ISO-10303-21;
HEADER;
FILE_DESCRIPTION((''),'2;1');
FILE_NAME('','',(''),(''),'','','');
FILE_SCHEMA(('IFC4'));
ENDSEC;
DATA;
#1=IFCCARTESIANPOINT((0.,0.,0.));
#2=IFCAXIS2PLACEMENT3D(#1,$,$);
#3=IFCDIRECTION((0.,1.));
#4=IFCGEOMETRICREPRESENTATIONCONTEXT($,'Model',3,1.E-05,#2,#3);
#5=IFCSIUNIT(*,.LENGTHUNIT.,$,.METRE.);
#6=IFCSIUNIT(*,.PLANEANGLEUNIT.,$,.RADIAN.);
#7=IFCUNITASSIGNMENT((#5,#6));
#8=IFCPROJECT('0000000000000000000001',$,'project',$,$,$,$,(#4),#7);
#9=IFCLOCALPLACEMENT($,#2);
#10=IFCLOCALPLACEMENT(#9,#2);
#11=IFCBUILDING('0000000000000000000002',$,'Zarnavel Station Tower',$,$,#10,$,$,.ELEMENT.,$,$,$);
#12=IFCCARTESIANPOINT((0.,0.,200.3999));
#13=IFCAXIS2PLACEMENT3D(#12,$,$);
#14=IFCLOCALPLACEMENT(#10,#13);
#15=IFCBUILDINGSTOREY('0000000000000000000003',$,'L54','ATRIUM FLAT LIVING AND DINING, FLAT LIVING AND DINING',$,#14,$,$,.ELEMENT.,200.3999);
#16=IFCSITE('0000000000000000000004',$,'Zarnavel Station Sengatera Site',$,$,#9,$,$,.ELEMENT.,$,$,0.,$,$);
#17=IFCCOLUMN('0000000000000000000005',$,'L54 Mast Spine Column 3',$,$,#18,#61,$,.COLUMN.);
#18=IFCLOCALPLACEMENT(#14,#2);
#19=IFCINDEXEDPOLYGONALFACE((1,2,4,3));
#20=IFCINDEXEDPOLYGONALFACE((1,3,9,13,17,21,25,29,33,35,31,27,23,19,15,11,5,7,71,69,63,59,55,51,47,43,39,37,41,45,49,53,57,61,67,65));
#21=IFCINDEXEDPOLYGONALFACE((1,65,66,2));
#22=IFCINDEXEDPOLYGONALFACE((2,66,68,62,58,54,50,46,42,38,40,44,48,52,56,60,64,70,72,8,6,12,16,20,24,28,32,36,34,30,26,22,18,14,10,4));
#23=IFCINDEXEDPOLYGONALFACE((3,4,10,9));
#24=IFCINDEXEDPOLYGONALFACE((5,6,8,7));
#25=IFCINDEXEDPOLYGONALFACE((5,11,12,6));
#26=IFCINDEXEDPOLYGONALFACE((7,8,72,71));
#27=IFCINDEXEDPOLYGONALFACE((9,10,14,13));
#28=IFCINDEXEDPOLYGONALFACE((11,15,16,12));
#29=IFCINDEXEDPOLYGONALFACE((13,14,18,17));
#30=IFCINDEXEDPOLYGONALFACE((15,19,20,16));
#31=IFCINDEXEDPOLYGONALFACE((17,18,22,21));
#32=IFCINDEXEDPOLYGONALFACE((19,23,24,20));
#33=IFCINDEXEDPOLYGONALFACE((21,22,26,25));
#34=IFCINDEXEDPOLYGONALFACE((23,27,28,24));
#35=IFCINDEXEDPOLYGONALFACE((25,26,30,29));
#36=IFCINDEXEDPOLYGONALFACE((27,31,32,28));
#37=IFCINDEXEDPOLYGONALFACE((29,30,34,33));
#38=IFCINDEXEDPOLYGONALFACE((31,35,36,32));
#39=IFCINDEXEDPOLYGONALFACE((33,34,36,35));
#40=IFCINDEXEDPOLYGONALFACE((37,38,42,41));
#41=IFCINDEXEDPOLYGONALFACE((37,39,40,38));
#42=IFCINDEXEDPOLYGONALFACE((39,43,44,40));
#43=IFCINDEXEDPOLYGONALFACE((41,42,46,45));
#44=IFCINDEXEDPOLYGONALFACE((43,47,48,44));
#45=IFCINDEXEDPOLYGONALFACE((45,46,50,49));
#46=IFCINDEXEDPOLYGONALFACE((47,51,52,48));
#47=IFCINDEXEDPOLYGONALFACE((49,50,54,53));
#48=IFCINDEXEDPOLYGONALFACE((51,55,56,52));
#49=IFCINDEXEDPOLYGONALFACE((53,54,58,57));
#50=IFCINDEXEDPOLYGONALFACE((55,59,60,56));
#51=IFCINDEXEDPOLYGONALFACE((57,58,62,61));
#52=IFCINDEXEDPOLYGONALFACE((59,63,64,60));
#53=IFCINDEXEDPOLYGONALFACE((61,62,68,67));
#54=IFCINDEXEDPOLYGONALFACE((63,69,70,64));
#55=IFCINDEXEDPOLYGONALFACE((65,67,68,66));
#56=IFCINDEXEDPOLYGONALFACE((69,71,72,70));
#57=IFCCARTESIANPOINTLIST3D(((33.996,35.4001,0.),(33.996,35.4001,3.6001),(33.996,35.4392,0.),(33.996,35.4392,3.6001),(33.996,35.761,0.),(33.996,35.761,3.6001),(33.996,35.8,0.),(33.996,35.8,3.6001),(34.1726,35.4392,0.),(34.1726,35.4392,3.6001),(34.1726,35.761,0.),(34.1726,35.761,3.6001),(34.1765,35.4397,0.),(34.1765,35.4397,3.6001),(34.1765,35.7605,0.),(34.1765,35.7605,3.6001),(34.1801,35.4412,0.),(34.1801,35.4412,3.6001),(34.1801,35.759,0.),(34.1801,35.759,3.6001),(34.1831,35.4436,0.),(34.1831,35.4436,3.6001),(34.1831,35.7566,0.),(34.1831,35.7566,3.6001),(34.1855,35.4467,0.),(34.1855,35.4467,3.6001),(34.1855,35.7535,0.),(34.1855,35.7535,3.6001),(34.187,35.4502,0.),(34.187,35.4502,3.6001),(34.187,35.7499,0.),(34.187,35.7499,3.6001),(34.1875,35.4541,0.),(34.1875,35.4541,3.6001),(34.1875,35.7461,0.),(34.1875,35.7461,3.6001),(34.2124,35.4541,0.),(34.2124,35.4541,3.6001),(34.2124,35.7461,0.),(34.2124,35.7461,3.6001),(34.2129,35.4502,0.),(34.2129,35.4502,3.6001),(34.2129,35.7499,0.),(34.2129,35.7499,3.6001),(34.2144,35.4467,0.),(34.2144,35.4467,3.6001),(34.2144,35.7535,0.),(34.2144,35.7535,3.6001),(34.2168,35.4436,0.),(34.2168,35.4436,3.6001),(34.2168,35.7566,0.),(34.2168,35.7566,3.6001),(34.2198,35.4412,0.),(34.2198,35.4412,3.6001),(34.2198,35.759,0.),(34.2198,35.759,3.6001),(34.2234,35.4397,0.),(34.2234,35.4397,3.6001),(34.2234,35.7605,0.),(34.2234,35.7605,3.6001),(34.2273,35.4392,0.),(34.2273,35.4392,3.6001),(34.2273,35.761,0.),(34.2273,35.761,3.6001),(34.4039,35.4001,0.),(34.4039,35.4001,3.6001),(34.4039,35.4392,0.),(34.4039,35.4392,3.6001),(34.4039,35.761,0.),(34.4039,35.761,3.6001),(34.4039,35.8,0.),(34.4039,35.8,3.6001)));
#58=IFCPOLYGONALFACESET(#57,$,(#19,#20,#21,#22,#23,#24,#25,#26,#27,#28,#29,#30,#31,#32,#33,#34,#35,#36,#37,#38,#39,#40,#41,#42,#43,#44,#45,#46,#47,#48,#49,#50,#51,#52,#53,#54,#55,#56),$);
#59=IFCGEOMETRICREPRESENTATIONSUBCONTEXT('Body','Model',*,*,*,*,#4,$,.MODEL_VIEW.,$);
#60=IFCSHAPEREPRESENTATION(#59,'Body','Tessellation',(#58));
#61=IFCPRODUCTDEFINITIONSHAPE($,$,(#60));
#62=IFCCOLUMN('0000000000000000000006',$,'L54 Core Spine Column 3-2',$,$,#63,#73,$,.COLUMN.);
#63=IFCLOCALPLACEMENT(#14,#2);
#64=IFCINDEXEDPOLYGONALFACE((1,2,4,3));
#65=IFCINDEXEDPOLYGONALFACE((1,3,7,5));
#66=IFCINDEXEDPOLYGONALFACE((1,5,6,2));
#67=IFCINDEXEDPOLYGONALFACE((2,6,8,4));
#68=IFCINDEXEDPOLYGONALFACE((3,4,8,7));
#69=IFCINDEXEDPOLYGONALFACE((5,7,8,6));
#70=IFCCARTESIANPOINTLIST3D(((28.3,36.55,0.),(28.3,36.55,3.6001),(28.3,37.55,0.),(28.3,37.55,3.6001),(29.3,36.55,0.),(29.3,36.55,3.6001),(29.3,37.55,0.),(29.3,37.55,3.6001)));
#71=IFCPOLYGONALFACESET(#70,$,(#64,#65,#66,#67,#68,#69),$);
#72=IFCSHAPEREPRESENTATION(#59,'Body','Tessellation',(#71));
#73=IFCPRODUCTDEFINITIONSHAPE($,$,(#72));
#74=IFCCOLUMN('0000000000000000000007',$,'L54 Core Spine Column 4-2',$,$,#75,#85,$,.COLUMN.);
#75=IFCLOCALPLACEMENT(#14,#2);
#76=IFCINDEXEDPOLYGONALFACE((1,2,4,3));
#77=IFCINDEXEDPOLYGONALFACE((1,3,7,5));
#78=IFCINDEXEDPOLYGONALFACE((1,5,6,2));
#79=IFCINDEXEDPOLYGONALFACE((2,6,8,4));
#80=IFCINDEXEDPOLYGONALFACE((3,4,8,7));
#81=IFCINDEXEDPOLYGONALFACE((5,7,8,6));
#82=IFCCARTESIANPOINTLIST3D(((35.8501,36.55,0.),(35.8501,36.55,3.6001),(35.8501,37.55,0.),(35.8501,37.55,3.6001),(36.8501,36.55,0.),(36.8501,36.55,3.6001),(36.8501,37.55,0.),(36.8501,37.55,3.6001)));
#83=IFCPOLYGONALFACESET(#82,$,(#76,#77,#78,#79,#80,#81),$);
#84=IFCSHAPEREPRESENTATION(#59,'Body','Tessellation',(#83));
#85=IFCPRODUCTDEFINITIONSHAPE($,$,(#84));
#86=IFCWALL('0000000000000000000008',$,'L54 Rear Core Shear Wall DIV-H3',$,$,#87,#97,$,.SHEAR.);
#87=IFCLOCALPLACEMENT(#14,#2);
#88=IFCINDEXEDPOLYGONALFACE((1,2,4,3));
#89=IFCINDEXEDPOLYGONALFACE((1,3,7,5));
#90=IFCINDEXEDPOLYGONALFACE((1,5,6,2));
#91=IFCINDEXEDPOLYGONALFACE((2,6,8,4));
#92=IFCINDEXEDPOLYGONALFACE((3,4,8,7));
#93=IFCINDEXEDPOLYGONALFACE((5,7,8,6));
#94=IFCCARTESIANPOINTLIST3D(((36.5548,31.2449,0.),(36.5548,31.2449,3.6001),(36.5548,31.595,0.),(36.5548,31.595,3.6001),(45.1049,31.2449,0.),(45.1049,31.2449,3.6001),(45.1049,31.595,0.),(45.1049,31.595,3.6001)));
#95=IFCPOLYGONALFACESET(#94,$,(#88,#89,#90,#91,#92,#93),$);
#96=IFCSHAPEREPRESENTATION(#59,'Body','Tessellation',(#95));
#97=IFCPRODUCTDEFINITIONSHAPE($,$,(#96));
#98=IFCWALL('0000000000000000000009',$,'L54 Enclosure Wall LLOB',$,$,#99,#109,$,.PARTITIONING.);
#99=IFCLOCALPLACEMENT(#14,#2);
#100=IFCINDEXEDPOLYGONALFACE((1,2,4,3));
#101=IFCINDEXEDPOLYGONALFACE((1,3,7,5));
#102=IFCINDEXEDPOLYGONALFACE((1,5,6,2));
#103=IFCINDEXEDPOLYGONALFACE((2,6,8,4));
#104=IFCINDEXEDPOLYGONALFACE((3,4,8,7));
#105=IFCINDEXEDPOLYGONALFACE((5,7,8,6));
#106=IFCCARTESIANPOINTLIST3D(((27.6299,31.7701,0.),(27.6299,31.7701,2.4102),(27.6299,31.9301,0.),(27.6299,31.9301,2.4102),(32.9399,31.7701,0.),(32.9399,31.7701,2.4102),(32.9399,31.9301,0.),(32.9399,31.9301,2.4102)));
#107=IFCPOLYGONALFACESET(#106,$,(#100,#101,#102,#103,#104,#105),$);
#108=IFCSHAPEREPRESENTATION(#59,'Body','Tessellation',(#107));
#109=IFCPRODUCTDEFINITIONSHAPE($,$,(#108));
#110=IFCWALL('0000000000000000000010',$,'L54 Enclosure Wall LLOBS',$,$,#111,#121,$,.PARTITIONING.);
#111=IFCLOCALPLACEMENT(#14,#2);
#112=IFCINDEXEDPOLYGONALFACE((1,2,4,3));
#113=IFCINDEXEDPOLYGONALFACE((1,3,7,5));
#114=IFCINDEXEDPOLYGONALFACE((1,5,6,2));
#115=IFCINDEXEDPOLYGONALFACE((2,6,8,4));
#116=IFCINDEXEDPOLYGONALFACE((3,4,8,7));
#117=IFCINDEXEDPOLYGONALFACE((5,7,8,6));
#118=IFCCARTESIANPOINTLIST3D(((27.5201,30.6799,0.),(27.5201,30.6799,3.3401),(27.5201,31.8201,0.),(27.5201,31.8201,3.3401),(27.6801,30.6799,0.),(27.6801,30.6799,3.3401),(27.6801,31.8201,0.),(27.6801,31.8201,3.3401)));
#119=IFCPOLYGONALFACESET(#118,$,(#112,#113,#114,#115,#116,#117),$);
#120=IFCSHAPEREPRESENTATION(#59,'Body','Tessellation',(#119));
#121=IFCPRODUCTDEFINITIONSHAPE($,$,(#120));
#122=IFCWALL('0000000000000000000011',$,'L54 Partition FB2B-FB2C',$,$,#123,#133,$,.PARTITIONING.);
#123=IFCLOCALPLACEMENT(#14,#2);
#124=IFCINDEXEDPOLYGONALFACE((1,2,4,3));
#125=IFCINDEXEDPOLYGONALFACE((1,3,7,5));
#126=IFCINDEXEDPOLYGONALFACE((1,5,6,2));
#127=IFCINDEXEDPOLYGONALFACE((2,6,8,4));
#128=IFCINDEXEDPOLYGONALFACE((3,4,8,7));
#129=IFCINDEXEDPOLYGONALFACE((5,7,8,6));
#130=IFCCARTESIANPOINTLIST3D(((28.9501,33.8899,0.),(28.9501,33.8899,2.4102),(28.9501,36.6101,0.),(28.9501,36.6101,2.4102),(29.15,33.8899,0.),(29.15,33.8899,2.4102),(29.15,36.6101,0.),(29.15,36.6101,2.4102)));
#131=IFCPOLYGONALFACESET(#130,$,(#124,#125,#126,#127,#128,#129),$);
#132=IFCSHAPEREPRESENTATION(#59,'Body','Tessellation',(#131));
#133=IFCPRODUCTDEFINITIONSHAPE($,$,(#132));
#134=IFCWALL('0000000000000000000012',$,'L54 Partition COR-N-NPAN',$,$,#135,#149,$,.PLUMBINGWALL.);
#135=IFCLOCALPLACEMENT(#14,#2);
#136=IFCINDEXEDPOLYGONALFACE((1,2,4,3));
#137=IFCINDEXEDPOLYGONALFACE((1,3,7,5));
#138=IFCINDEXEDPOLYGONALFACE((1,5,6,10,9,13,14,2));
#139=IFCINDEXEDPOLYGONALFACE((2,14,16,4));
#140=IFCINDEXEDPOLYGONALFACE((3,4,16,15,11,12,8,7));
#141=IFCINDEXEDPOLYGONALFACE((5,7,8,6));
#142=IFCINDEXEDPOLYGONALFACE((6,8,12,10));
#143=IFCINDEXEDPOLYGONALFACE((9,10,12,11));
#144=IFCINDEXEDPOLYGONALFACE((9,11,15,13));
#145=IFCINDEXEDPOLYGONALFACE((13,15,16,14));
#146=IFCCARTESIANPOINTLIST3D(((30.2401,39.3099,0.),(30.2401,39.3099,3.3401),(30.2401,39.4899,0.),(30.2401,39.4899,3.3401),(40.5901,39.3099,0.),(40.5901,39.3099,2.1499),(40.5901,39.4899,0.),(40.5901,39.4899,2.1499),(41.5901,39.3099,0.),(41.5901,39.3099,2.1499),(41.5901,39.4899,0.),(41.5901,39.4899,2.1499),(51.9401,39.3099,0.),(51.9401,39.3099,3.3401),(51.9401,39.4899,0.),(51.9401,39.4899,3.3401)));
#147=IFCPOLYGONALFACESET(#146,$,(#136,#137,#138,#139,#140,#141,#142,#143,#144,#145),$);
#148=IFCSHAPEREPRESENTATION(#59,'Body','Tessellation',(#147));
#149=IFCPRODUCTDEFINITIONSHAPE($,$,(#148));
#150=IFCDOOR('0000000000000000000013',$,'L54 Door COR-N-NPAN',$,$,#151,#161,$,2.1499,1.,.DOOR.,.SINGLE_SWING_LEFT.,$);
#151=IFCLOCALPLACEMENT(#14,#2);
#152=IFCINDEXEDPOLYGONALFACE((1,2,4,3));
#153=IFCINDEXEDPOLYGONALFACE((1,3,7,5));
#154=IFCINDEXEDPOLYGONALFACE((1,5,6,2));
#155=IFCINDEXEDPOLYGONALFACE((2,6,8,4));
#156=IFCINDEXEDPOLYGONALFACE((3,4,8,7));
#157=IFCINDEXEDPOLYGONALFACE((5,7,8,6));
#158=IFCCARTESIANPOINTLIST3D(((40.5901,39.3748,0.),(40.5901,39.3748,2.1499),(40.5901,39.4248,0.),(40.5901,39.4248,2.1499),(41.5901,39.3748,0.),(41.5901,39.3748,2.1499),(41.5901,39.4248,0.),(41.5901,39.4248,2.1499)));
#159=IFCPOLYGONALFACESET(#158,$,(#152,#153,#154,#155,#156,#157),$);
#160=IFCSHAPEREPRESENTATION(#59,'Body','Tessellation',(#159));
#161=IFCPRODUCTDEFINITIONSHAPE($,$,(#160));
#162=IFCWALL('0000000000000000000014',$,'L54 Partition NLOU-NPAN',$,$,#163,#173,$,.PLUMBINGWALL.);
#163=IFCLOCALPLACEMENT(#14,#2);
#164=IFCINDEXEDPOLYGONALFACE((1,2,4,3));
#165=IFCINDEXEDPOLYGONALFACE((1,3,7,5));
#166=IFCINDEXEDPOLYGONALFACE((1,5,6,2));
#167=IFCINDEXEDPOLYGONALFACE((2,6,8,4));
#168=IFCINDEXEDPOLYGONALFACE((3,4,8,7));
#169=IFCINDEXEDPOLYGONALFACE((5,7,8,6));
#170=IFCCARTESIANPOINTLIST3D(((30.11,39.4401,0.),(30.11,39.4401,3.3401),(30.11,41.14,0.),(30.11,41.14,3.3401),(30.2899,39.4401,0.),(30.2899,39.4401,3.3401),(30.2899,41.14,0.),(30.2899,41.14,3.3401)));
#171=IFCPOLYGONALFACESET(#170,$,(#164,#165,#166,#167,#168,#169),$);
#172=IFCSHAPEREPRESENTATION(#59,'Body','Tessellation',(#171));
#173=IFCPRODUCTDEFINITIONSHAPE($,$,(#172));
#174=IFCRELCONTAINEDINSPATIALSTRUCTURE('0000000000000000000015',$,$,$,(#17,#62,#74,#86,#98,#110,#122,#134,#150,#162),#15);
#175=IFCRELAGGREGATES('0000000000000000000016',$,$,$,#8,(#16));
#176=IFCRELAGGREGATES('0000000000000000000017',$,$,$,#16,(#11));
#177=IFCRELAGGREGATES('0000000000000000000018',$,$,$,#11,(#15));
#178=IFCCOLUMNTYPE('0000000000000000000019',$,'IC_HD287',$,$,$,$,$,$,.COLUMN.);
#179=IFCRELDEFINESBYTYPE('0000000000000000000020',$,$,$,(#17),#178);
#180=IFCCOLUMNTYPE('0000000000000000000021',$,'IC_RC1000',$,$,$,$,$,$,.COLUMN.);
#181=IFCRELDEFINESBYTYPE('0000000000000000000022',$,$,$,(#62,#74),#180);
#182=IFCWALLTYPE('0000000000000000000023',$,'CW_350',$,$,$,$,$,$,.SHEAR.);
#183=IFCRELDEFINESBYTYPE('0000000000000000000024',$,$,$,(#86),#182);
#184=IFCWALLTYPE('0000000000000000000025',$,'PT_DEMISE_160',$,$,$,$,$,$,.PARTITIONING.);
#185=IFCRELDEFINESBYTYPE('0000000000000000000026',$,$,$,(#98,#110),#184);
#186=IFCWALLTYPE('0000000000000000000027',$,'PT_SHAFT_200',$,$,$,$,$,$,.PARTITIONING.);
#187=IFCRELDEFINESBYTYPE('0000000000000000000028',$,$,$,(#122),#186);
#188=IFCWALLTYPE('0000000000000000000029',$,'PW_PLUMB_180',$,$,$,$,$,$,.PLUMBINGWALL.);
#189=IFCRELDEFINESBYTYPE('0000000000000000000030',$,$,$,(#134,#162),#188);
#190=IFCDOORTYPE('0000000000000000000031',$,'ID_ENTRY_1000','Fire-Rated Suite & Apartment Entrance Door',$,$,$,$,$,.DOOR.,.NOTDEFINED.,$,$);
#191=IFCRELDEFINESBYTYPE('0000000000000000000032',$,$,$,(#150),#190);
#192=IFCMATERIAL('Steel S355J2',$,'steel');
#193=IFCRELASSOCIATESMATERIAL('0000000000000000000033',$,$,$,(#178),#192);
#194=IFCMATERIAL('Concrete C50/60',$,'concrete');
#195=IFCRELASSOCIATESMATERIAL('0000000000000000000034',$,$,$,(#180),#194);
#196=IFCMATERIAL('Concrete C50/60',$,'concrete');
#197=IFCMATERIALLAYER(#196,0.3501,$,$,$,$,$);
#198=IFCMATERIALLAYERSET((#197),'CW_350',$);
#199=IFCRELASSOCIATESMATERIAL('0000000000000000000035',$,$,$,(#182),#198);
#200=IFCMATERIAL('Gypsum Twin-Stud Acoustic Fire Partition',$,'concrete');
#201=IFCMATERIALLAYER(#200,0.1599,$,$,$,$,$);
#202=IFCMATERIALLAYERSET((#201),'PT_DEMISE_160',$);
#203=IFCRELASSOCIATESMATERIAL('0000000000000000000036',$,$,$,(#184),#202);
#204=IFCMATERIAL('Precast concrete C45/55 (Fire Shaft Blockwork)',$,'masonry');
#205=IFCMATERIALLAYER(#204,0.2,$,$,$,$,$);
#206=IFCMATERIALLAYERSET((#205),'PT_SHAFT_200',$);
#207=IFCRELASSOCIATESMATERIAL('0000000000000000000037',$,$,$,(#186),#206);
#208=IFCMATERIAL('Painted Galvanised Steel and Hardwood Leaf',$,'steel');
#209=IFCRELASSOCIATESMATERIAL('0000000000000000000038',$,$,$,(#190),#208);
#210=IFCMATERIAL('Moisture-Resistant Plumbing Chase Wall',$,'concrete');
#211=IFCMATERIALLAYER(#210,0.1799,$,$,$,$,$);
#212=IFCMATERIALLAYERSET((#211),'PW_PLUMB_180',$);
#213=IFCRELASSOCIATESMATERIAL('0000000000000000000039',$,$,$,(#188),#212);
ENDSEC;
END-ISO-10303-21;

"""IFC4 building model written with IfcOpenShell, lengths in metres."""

from ifc_helpers import new_model, si_unit, direction, frame, frame_2d, origin, origin_2d, place, context, subcontext, project, spatial, rectangle, i_section, extrude, material, layer, layer_set, material_profile, profile_set, type_object, element, fill, save


model = new_model("IFC4")

# Units and contexts
model_context = context("Model", 3, precision=1e-05, world=origin(), true_north=direction((0.0, 1.0)))
body_context = subcontext(model_context, "Body", "Model", "MODEL_VIEW")
ifc_project = project(units=[si_unit("LENGTHUNIT", "METRE"), si_unit("PLANEANGLEUNIT", "RADIAN")], contexts=[model_context])

# Site, building, storey
site_placement = place(None, origin())
site = spatial("IfcSite", under=ifc_project, at=site_placement, Name="Zarnavel Station Sengatera Site", CompositionType="ELEMENT", RefElevation=0.0)
building_placement = place(site_placement, origin())
building = spatial("IfcBuilding", under=site, at=building_placement, Name="Zarnavel Station Tower", CompositionType="ELEMENT")
storey_placement = place(building_placement, frame((0.0, 0.0, 200.3999)))
storey = spatial("IfcBuildingStorey", under=building, at=storey_placement, Name="L54", Description="ATRIUM FLAT LIVING AND DINING, FLAT LIVING AND DINING", CompositionType="ELEMENT", Elevation=200.3999)

# Columns
ifc_material_1 = material(Name="Steel S355J2", Category="steel")
ifc_material_profile_1 = material_profile(ifc_material_1, i_section(OverallWidth=0.408, OverallDepth=0.3999, WebThickness=0.0249, FlangeThickness=0.0391, FilletRadius=0.0149, at=origin_2d()), Name="HD400x287")
ifc_profile_set_1 = profile_set([ifc_material_profile_1], Name="Steel S355J2")
column_type_1 = type_object("IfcColumnType", Name="IC_HD287", PredefinedType="COLUMN", material=ifc_profile_set_1)
column_placement = place(storey_placement, frame((34.2, 35.6001, 0.0), z_axis=(0.0, 0.0, 1.0), x_axis=(1.0, 0.0, 0.0)))
element("IfcColumn", 1, at=column_placement, inside=storey, type_object=column_type_1, Name="L54 Mast Spine Column 3", PredefinedType="COLUMN", context=body_context, shape_type="SweptSolid", body=[
    extrude(i_section(OverallWidth=0.408, OverallDepth=0.3999, WebThickness=0.0249, FlangeThickness=0.0391, FilletRadius=0.0149, at=origin_2d()), origin(), (0.0, 0.0, 1.0), 3.6001),
])
ifc_material_2 = material(Name="Concrete C50/60", Category="concrete")
ifc_material_profile_2 = material_profile(ifc_material_2, rectangle(XDim=1.0, YDim=1.0, at=origin_2d()), Name="RC1000x1000")
ifc_profile_set_2 = profile_set([ifc_material_profile_2], Name="Concrete C50/60")
column_type_2 = type_object("IfcColumnType", Name="IC_RC1000", PredefinedType="COLUMN", material=ifc_profile_set_2)
for number, where, z_axis, x_axis, name in (
    (2, (28.8, 37.05, 0.0), (0.0, 0.0, 1.0), (1.0, 0.0, 0.0), "L54 Core Spine Column 3-2"),
    (3, (36.3501, 37.05, 0.0), (0.0, 0.0, 1.0), (1.0, 0.0, 0.0), "L54 Core Spine Column 4-2"),
):
    element("IfcColumn", number, at=place(storey_placement, frame(where, z_axis=z_axis, x_axis=x_axis)), inside=storey, type_object=column_type_2, Name=name, PredefinedType="COLUMN", context=body_context, shape_type="SweptSolid", body=[
        extrude(rectangle(XDim=1.0, YDim=1.0, at=origin_2d()), origin(), (0.0, 0.0, 1.0), 3.6001),
    ])

# Walls
ifc_material_3 = material(Name="Concrete C50/60", Category="concrete")
ifc_layer_1 = layer(ifc_material_3, 0.3501)
ifc_layer_set_1 = layer_set([ifc_layer_1], Name="CW_350")
wall_type_1 = type_object("IfcWallType", Name="CW_350", PredefinedType="SHEAR", material=ifc_layer_set_1)
wall_1_placement = place(storey_placement, frame((36.5549, 31.4199, 0.0), z_axis=(0.0, 0.0, 1.0), x_axis=(1.0, 0.0, 0.0)))
element("IfcWall", 4, at=wall_1_placement, inside=storey, type_object=wall_type_1, Name="L54 Rear Core Shear Wall DIV-H3", PredefinedType="SHEAR", context=body_context, shape_type="SweptSolid", body=[
    extrude(rectangle(XDim=8.55, YDim=0.3501, at=frame_2d((4.2749, 0.0))), origin(), (0.0, 0.0, 1.0), 3.6001),
])
ifc_material_4 = material(Name="Gypsum Twin-Stud Acoustic Fire Partition", Category="concrete")
ifc_layer_2 = layer(ifc_material_4, 0.1599)
ifc_layer_set_2 = layer_set([ifc_layer_2], Name="PT_DEMISE_160")
wall_type_2 = type_object("IfcWallType", Name="PT_DEMISE_160", PredefinedType="PARTITIONING", material=ifc_layer_set_2)
wall_2_placement = place(storey_placement, frame((27.6299, 31.8501, 0.0), z_axis=(0.0, 0.0, 1.0), x_axis=(1.0, 0.0, 0.0)))
element("IfcWall", 5, at=wall_2_placement, inside=storey, type_object=wall_type_2, Name="L54 Enclosure Wall LLOB", PredefinedType="PARTITIONING", context=body_context, shape_type="SweptSolid", body=[
    extrude(rectangle(XDim=5.3101, YDim=0.1599, at=frame_2d((2.655, 0.0))), origin(), (0.0, 0.0, 1.0), 2.4102),
])
wall_3_placement = place(storey_placement, frame((27.6001, 30.6799, 0.0), z_axis=(0.0, 0.0, 1.0), x_axis=(0.0, 1.0, 0.0)))
element("IfcWall", 6, at=wall_3_placement, inside=storey, type_object=wall_type_2, Name="L54 Enclosure Wall LLOBS", PredefinedType="PARTITIONING", context=body_context, shape_type="SweptSolid", body=[
    extrude(rectangle(XDim=1.1401, YDim=0.1599, at=frame_2d((0.5701, 0.0))), origin(), (0.0, 0.0, 1.0), 3.3401),
])

# Shared definitions
ifc_material_5 = material(Name="Precast concrete C45/55 (Fire Shaft Blockwork)", Category="masonry")
ifc_layer_3 = layer(ifc_material_5, 0.2)
ifc_layer_set_3 = layer_set([ifc_layer_3], Name="PT_SHAFT_200")
wall_type_3 = type_object("IfcWallType", Name="PT_SHAFT_200", PredefinedType="PARTITIONING", material=ifc_layer_set_3)
ifc_material_6 = material(Name="Painted Galvanised Steel and Hardwood Leaf", Category="steel")
door_type_1 = type_object("IfcDoorType", Name="ID_ENTRY_1000", Description="Fire-Rated Suite & Apartment Entrance Door", OperationType="NOTDEFINED", PredefinedType="DOOR", material=ifc_material_6)

# Wall
wall_4_placement = place(storey_placement, frame((29.05, 33.8899, 0.0), z_axis=(0.0, 0.0, 1.0), x_axis=(0.0, 1.0, 0.0)))
element("IfcWall", 7, at=wall_4_placement, inside=storey, type_object=wall_type_3, Name="L54 Partition FB2B-FB2C", PredefinedType="PARTITIONING", context=body_context, shape_type="SweptSolid", body=[
    extrude(rectangle(XDim=2.7202, YDim=0.2, at=frame_2d((1.3601, 0.0))), origin(), (0.0, 0.0, 1.0), 2.4102),
])

# Wall, opening, door
ifc_material_7 = material(Name="Moisture-Resistant Plumbing Chase Wall", Category="concrete")
ifc_layer_4 = layer(ifc_material_7, 0.1799)
ifc_layer_set_4 = layer_set([ifc_layer_4], Name="PW_PLUMB_180")
wall_type_4 = type_object("IfcWallType", Name="PW_PLUMB_180", PredefinedType="PLUMBINGWALL", material=ifc_layer_set_4)
wall_5_placement = place(storey_placement, frame((30.24, 39.3999, 0.0), z_axis=(0.0, 0.0, 1.0), x_axis=(1.0, 0.0, 0.0)))
wall_5 = element("IfcWall", 8, at=wall_5_placement, inside=storey, type_object=wall_type_4, Name="L54 Partition COR-N-NPAN", PredefinedType="PLUMBINGWALL", context=body_context, shape_type="SweptSolid", body=[
    extrude(rectangle(XDim=21.7, YDim=0.1799, at=frame_2d((10.8501, 0.0))), origin(), (0.0, 0.0, 1.0), 3.3401),
])
opening_1_placement = place(wall_5_placement, frame((10.3501, 0.0, 0.0)))
opening_1 = element("IfcOpeningElement", 9, at=opening_1_placement, cuts=wall_5, PredefinedType="OPENING", context=body_context, shape_type="SweptSolid", body=[
    extrude(rectangle(XDim=1.0, YDim=2.1499, at=frame_2d((0.5, 1.075))), frame((0.0, 0.0999, 0.0), z_axis=(0.0, -1.0, 0.0), x_axis=(1.0, 0.0, 0.0)), (0.0, 0.0, 1.0), 0.2),
])
door_1_placement = place(opening_1_placement, origin())
door_1 = element("IfcDoor", 10, at=door_1_placement, inside=storey, type_object=door_type_1, Name="L54 Door COR-N-NPAN", OperationType="SINGLE_SWING_LEFT", OverallHeight=2.1499, OverallWidth=1.0, PredefinedType="DOOR", context=body_context, shape_type="SweptSolid", body=[
    extrude(rectangle(XDim=1.0, YDim=2.1499, at=frame_2d((0.5, 1.075))), frame((0.0, 0.0249, 0.0), z_axis=(0.0, -1.0, 0.0), x_axis=(1.0, 0.0, 0.0)), (0.0, 0.0, 1.0), 0.05),
])
fill(opening_1, door_1)

# Wall
wall_6_placement = place(storey_placement, frame((30.2, 39.4399, 0.0), z_axis=(0.0, 0.0, 1.0), x_axis=(0.0, 1.0, 0.0)))
element("IfcWall", 11, at=wall_6_placement, inside=storey, type_object=wall_type_4, Name="L54 Partition NLOU-NPAN", PredefinedType="PLUMBINGWALL", context=body_context, shape_type="SweptSolid", body=[
    extrude(rectangle(XDim=1.7, YDim=0.1799, at=frame_2d((0.8501, 0.0))), origin(), (0.0, 0.0, 1.0), 3.3401),
])

save(model, "model.ifc")
